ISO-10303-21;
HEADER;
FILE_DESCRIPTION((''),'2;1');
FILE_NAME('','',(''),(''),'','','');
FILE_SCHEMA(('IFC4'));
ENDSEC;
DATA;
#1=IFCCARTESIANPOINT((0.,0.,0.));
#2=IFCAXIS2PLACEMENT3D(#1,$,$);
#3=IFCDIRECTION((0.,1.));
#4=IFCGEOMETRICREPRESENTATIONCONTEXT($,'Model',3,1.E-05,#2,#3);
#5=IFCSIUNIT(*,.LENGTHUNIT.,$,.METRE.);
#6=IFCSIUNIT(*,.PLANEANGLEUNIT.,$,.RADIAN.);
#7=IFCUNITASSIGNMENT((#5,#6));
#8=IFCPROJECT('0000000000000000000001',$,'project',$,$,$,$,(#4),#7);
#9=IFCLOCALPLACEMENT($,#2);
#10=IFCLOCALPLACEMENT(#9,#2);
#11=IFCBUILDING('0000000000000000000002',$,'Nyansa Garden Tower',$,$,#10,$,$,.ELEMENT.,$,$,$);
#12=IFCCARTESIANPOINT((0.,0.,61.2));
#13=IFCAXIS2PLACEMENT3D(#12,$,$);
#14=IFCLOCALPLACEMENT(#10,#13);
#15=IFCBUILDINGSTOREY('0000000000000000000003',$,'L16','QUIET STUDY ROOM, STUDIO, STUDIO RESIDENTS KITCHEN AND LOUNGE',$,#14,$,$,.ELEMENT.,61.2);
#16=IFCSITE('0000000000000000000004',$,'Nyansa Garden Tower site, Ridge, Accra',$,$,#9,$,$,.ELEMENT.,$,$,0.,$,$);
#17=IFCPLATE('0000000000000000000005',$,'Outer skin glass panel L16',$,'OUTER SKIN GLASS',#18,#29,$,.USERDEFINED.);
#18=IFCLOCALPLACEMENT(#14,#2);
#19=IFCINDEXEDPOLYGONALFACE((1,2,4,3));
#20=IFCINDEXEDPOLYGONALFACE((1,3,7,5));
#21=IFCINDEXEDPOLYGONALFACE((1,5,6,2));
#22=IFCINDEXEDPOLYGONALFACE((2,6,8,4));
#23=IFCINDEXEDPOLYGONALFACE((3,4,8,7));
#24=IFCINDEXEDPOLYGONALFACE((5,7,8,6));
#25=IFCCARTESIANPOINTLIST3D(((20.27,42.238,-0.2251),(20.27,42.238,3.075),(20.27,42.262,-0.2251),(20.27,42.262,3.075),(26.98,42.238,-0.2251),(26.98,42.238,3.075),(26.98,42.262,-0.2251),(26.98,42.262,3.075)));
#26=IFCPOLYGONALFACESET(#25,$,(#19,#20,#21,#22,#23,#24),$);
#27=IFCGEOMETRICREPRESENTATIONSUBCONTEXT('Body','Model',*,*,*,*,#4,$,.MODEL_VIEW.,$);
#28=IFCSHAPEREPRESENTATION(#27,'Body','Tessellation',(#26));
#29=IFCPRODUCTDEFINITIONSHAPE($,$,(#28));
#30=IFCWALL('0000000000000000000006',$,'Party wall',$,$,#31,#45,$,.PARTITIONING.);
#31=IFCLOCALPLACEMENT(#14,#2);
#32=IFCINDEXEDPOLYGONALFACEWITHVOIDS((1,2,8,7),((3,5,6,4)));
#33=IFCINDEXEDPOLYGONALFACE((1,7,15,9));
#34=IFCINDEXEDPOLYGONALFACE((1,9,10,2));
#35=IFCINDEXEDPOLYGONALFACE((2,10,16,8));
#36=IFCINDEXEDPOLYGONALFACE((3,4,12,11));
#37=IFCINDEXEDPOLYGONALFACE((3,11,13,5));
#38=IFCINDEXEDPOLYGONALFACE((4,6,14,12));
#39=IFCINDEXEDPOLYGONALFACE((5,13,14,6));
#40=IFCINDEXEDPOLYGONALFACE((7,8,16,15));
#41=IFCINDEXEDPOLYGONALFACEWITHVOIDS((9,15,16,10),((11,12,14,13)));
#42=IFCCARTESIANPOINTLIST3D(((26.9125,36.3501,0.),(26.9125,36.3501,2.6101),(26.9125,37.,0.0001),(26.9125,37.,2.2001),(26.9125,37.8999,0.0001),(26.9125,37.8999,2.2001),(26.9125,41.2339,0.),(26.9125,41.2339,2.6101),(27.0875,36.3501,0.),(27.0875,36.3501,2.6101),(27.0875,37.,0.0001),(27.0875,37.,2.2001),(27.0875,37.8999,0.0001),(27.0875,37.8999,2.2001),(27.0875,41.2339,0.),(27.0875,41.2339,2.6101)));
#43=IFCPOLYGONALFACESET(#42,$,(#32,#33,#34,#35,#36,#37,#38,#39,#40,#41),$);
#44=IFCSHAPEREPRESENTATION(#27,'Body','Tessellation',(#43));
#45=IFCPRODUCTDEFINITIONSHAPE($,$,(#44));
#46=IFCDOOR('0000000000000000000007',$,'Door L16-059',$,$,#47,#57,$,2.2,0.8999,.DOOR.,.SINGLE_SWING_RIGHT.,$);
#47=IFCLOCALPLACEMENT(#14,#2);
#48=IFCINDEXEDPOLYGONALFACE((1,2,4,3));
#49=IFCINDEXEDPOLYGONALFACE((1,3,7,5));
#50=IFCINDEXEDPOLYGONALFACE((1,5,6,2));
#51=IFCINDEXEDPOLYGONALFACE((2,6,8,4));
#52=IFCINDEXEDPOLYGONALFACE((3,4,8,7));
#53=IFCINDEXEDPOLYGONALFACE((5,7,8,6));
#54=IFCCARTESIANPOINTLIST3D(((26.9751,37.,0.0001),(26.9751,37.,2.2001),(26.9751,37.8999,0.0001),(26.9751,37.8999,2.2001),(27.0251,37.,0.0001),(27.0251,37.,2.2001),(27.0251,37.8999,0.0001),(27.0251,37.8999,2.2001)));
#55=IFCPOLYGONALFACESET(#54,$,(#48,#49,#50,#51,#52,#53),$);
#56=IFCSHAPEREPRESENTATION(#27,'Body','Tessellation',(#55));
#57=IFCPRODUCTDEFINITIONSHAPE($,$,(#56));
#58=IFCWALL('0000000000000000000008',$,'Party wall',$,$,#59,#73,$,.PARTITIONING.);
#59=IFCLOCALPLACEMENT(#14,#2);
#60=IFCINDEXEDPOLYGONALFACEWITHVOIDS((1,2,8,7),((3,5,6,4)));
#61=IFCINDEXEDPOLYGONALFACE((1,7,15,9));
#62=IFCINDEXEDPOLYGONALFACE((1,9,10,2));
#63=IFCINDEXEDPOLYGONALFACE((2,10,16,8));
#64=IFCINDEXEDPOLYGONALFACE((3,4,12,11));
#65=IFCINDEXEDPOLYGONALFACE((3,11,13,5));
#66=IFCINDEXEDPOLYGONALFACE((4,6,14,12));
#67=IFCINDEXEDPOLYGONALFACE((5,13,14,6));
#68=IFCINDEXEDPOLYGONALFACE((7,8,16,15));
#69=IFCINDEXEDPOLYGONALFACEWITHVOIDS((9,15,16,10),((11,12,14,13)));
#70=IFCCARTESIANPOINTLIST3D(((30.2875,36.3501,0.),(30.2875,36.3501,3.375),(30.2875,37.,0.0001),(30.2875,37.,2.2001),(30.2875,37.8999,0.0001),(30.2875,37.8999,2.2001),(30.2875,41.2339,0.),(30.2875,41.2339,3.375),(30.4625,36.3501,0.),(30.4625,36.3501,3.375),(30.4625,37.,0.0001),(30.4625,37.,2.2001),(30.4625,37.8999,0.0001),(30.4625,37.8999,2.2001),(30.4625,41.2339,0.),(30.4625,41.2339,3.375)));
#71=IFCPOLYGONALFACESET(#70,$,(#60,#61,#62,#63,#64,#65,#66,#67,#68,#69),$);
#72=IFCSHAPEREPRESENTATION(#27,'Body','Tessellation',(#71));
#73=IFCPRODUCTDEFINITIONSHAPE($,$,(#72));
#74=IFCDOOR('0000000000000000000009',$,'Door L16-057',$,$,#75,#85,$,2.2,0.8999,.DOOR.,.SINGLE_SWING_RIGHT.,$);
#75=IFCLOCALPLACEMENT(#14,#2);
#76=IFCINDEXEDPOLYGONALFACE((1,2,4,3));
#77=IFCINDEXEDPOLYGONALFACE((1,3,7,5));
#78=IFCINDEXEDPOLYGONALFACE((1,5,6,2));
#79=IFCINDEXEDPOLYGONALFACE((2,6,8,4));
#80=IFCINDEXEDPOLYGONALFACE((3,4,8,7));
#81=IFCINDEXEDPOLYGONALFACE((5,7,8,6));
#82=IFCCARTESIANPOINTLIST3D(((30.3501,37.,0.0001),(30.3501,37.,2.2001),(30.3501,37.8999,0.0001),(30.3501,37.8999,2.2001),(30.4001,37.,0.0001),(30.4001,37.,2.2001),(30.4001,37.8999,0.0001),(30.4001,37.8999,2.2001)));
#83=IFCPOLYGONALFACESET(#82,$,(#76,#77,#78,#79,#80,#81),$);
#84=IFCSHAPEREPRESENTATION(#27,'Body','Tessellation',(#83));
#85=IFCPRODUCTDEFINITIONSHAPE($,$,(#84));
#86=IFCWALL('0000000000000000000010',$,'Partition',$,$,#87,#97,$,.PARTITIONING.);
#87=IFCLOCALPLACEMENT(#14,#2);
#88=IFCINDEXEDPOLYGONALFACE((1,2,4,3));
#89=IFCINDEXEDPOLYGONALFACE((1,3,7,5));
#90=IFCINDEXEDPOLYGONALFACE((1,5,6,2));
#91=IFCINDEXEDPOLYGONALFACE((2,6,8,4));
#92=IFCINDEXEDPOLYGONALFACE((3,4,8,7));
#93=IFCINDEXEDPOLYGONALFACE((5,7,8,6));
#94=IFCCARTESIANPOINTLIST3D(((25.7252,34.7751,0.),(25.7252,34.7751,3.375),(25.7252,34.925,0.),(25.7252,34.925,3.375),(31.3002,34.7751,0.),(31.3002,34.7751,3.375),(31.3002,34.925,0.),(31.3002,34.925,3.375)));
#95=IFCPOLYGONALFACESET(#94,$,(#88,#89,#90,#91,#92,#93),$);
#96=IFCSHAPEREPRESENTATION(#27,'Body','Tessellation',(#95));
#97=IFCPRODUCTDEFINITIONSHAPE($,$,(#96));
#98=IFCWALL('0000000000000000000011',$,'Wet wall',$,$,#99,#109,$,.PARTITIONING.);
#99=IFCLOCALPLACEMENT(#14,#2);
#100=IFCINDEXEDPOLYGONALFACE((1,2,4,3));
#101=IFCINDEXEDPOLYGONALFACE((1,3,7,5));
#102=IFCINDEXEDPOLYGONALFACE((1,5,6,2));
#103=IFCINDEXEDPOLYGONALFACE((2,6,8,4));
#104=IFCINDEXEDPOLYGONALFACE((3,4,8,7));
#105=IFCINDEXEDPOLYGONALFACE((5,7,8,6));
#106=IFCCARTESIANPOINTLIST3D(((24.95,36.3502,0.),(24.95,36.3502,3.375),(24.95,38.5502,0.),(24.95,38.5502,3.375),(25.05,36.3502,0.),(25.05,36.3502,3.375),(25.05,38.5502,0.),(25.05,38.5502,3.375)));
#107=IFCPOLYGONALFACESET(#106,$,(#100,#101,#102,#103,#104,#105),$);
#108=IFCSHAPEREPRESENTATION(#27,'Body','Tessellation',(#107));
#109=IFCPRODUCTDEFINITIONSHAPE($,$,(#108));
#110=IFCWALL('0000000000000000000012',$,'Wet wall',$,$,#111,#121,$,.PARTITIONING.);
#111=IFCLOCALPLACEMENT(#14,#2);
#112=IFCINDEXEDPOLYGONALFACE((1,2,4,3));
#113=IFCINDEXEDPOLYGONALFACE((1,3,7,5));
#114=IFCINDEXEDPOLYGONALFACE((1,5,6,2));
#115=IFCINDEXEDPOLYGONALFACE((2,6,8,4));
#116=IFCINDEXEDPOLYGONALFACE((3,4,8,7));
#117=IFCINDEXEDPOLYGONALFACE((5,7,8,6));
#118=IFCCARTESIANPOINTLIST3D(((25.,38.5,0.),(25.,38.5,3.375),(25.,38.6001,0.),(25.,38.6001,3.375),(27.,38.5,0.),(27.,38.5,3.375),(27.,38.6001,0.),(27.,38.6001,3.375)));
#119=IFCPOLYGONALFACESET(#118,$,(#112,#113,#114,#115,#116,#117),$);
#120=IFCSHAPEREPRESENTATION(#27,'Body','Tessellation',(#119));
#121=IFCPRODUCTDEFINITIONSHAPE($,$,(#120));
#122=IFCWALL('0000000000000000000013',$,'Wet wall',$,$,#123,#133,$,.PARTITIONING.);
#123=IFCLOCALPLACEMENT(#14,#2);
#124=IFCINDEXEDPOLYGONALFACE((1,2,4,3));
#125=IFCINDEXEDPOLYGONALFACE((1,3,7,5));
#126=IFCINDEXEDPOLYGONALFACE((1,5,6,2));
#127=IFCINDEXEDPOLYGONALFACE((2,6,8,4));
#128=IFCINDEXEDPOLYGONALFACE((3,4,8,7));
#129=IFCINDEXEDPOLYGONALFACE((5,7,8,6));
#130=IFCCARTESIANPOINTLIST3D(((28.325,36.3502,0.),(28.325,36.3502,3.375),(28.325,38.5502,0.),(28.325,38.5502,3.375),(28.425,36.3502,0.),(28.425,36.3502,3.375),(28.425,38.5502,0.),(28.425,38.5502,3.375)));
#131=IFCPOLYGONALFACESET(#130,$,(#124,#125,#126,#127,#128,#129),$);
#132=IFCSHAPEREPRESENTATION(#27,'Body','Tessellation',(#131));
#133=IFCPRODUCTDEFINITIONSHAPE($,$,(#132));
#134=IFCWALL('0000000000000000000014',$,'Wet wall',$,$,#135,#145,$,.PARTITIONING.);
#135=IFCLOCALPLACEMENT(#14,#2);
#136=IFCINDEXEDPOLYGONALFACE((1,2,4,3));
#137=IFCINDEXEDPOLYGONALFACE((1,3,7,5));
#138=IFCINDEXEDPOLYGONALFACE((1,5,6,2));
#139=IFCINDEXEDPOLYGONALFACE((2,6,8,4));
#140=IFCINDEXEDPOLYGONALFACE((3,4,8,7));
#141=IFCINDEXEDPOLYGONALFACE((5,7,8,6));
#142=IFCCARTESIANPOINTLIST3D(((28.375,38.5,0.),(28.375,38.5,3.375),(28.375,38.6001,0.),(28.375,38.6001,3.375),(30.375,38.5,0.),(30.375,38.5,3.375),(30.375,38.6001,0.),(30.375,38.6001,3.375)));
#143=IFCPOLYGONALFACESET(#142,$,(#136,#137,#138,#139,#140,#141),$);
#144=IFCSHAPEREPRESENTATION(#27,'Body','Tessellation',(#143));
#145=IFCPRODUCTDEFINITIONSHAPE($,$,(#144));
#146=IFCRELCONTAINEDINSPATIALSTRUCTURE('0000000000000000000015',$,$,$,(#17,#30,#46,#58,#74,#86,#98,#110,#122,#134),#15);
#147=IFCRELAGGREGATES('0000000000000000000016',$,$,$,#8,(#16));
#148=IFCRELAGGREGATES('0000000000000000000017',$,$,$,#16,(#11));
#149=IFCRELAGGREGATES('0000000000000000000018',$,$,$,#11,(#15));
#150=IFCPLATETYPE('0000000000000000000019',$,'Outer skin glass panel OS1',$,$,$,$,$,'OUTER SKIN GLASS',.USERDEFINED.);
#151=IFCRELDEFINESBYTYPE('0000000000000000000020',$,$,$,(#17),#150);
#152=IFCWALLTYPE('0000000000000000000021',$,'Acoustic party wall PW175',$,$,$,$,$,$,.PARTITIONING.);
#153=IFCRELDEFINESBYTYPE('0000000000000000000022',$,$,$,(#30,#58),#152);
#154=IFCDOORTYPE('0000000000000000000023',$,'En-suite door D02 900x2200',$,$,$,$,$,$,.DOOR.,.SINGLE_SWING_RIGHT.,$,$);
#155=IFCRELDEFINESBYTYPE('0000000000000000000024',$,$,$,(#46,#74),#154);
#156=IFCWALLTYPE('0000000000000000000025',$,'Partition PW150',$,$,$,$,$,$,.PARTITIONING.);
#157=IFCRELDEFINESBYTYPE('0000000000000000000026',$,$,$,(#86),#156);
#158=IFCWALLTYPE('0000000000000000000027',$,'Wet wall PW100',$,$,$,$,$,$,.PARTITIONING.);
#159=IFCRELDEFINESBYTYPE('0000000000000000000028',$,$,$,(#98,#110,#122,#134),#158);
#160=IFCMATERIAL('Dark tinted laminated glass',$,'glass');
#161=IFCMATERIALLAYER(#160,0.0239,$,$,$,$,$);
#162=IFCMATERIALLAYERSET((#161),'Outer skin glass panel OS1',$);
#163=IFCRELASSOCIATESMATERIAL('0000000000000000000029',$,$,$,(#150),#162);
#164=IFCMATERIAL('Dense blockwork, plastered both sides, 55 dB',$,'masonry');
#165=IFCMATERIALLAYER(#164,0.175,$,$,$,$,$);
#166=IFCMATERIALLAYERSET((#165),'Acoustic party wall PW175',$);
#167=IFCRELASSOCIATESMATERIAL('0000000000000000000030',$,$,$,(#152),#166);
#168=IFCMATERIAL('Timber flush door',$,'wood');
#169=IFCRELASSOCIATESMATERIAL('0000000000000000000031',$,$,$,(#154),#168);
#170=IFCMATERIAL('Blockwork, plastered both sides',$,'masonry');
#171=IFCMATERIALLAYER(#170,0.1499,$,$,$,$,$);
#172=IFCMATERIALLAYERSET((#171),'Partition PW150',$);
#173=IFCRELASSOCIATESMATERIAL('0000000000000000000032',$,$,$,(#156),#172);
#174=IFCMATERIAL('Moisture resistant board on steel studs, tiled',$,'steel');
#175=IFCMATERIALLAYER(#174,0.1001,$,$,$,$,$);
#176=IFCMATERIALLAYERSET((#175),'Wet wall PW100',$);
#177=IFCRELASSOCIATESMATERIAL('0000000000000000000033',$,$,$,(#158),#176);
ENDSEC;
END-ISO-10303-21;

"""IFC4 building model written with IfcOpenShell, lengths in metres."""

from ifc_helpers import new_model, si_unit, direction, frame, frame_2d, origin, origin_2d, place, context, subcontext, project, spatial, rectangle, extrude, material, layer, layer_set, type_object, element, fill, save


model = new_model("IFC4")

# Units and contexts
model_context = context("Model", 3, precision=1e-05, world=origin(), true_north=direction((0.0, 1.0)))
body_context = subcontext(model_context, "Body", "Model", "MODEL_VIEW")
ifc_project = project(units=[si_unit("LENGTHUNIT", "METRE"), si_unit("PLANEANGLEUNIT", "RADIAN")], contexts=[model_context])

# Site, building, storey
site_placement = place(None, origin())
site = spatial("IfcSite", under=ifc_project, at=site_placement, Name="Nyansa Garden Tower site, Ridge, Accra", CompositionType="ELEMENT", RefElevation=0.0)
building_placement = place(site_placement, origin())
building = spatial("IfcBuilding", under=site, at=building_placement, Name="Nyansa Garden Tower", CompositionType="ELEMENT")
storey_placement = place(building_placement, frame((0.0, 0.0, 61.2)))
storey = spatial("IfcBuildingStorey", under=building, at=storey_placement, Name="L16", Description="QUIET STUDY ROOM, STUDIO, STUDIO RESIDENTS KITCHEN AND LOUNGE", CompositionType="ELEMENT", Elevation=61.2)

# Plate
ifc_material_1 = material(Name="Dark tinted laminated glass", Category="glass")
ifc_layer_1 = layer(ifc_material_1, 0.0239)
ifc_layer_set_1 = layer_set([ifc_layer_1], Name="Outer skin glass panel OS1")
plate_type_1 = type_object("IfcPlateType", Name="Outer skin glass panel OS1", ElementType="OUTER SKIN GLASS", PredefinedType="USERDEFINED", material=ifc_layer_set_1)
plate_1_placement = place(storey_placement, frame((23.625, 42.25, -0.2251), z_axis=(0.0, 0.0, 1.0), x_axis=(1.0, 0.0, 0.0)))
element("IfcPlate", 1, at=plate_1_placement, inside=storey, type_object=plate_type_1, Name="Outer skin glass panel L16", ObjectType="OUTER SKIN GLASS", PredefinedType="USERDEFINED", context=body_context, shape_type="SweptSolid", body=[
    extrude(rectangle(XDim=6.71, YDim=0.0239, at=origin_2d()), origin(), (0.0, 0.0, 1.0), 3.3),
])

# Walls, openings, doors
ifc_material_2 = material(Name="Dense blockwork, plastered both sides, 55 dB", Category="masonry")
ifc_layer_2 = layer(ifc_material_2, 0.175)
ifc_layer_set_2 = layer_set([ifc_layer_2], Name="Acoustic party wall PW175")
wall_type_1 = type_object("IfcWallType", Name="Acoustic party wall PW175", PredefinedType="PARTITIONING", material=ifc_layer_set_2)
wall_1_placement = place(storey_placement, frame((27.0, 36.3501, 0.0), z_axis=(0.0, 0.0, 1.0), x_axis=(0.0, 1.0, 0.0)))
wall_1 = element("IfcWall", 2, at=wall_1_placement, inside=storey, type_object=wall_type_1, Name="Party wall", PredefinedType="PARTITIONING", context=body_context, shape_type="SweptSolid", body=[
    extrude(rectangle(XDim=4.8838, YDim=0.175, at=frame_2d((2.4419, 0.0))), origin(), (0.0, 0.0, 1.0), 2.6101),
])
opening_1_placement = place(wall_1_placement, frame((0.6499, 0.0, 0.0)))
opening_1 = element("IfcOpeningElement", 3, at=opening_1_placement, cuts=wall_1, PredefinedType="OPENING", context=body_context, shape_type="SweptSolid", body=[
    extrude(rectangle(XDim=0.8999, YDim=2.2, at=frame_2d((0.45, 1.1001))), frame((0.0, 0.0974, 0.0), z_axis=(0.0, -1.0, 0.0), x_axis=(1.0, 0.0, 0.0)), (0.0, 0.0, 1.0), 0.1951),
])
ifc_material_3 = material(Name="Timber flush door", Category="wood")
door_type = type_object("IfcDoorType", Name="En-suite door D02 900x2200", OperationType="SINGLE_SWING_RIGHT", PredefinedType="DOOR", material=ifc_material_3)
door_1_placement = place(opening_1_placement, origin())
door_1 = element("IfcDoor", 4, at=door_1_placement, inside=storey, type_object=door_type, Name="Door L16-059", OperationType="SINGLE_SWING_RIGHT", OverallHeight=2.2, OverallWidth=0.8999, PredefinedType="DOOR", context=body_context, shape_type="SweptSolid", body=[
    extrude(rectangle(XDim=0.8999, YDim=2.2, at=frame_2d((0.45, 1.1001))), frame((0.0, 0.0249, 0.0), z_axis=(0.0, -1.0, 0.0), x_axis=(1.0, 0.0, 0.0)), (0.0, 0.0, 1.0), 0.05),
])
fill(opening_1, door_1)
wall_2_placement = place(storey_placement, frame((30.375, 36.3501, 0.0), z_axis=(0.0, 0.0, 1.0), x_axis=(0.0, 1.0, 0.0)))
wall_2 = element("IfcWall", 5, at=wall_2_placement, inside=storey, type_object=wall_type_1, Name="Party wall", PredefinedType="PARTITIONING", context=body_context, shape_type="SweptSolid", body=[
    extrude(rectangle(XDim=4.8838, YDim=0.175, at=frame_2d((2.4419, 0.0))), origin(), (0.0, 0.0, 1.0), 3.375),
])
opening_2_placement = place(wall_2_placement, frame((0.6499, 0.0, 0.0)))
opening_2 = element("IfcOpeningElement", 6, at=opening_2_placement, cuts=wall_2, PredefinedType="OPENING", context=body_context, shape_type="SweptSolid", body=[
    extrude(rectangle(XDim=0.8999, YDim=2.2, at=frame_2d((0.45, 1.1001))), frame((0.0, 0.0974, 0.0), z_axis=(0.0, -1.0, 0.0), x_axis=(1.0, 0.0, 0.0)), (0.0, 0.0, 1.0), 0.1951),
])
door_2_placement = place(opening_2_placement, origin())
door_2 = element("IfcDoor", 7, at=door_2_placement, inside=storey, type_object=door_type, Name="Door L16-057", OperationType="SINGLE_SWING_RIGHT", OverallHeight=2.2, OverallWidth=0.8999, PredefinedType="DOOR", context=body_context, shape_type="SweptSolid", body=[
    extrude(rectangle(XDim=0.8999, YDim=2.2, at=frame_2d((0.45, 1.1001))), frame((0.0, 0.0249, 0.0), z_axis=(0.0, -1.0, 0.0), x_axis=(1.0, 0.0, 0.0)), (0.0, 0.0, 1.0), 0.05),
])
fill(opening_2, door_2)

# Walls
ifc_material_4 = material(Name="Blockwork, plastered both sides", Category="masonry")
ifc_layer_3 = layer(ifc_material_4, 0.1499)
ifc_layer_set_3 = layer_set([ifc_layer_3], Name="Partition PW150")
wall_type_2 = type_object("IfcWallType", Name="Partition PW150", PredefinedType="PARTITIONING", material=ifc_layer_set_3)
wall_3_placement = place(storey_placement, frame((25.7251, 34.8501, 0.0), z_axis=(0.0, 0.0, 1.0), x_axis=(1.0, 0.0, 0.0)))
element("IfcWall", 8, at=wall_3_placement, inside=storey, type_object=wall_type_2, Name="Partition", PredefinedType="PARTITIONING", context=body_context, shape_type="SweptSolid", body=[
    extrude(rectangle(XDim=5.575, YDim=0.1499, at=frame_2d((2.7876, 0.0))), origin(), (0.0, 0.0, 1.0), 3.375),
])
ifc_material_5 = material(Name="Moisture resistant board on steel studs, tiled", Category="steel")
ifc_layer_4 = layer(ifc_material_5, 0.1001)
ifc_layer_set_4 = layer_set([ifc_layer_4], Name="Wet wall PW100")
wall_type_3 = type_object("IfcWallType", Name="Wet wall PW100", PredefinedType="PARTITIONING", material=ifc_layer_set_4)
wall_4_placement = place(storey_placement, frame((25.0, 36.3501, 0.0), z_axis=(0.0, 0.0, 1.0), x_axis=(0.0, 1.0, 0.0)))
element("IfcWall", 9, at=wall_4_placement, inside=storey, type_object=wall_type_3, Name="Wet wall", PredefinedType="PARTITIONING", context=body_context, shape_type="SweptSolid", body=[
    extrude(rectangle(XDim=2.2, YDim=0.1001, at=frame_2d((1.1001, 0.0))), origin(), (0.0, 0.0, 1.0), 3.375),
])
wall_5_placement = place(storey_placement, frame((25.0, 38.55, 0.0), z_axis=(0.0, 0.0, 1.0), x_axis=(1.0, 0.0, 0.0)))
element("IfcWall", 10, at=wall_5_placement, inside=storey, type_object=wall_type_3, Name="Wet wall", PredefinedType="PARTITIONING", context=body_context, shape_type="SweptSolid", body=[
    extrude(rectangle(XDim=2.0, YDim=0.1001, at=frame_2d((1.0, 0.0))), origin(), (0.0, 0.0, 1.0), 3.375),
])
wall_6_placement = place(storey_placement, frame((28.375, 36.3501, 0.0), z_axis=(0.0, 0.0, 1.0), x_axis=(0.0, 1.0, 0.0)))
element("IfcWall", 11, at=wall_6_placement, inside=storey, type_object=wall_type_3, Name="Wet wall", PredefinedType="PARTITIONING", context=body_context, shape_type="SweptSolid", body=[
    extrude(rectangle(XDim=2.2, YDim=0.1001, at=frame_2d((1.1001, 0.0))), origin(), (0.0, 0.0, 1.0), 3.375),
])
wall_7_placement = place(storey_placement, frame((28.375, 38.55, 0.0), z_axis=(0.0, 0.0, 1.0), x_axis=(1.0, 0.0, 0.0)))
element("IfcWall", 12, at=wall_7_placement, inside=storey, type_object=wall_type_3, Name="Wet wall", PredefinedType="PARTITIONING", context=body_context, shape_type="SweptSolid", body=[
    extrude(rectangle(XDim=2.0, YDim=0.1001, at=frame_2d((1.0, 0.0))), origin(), (0.0, 0.0, 1.0), 3.375),
])

save(model, "model.ifc")
